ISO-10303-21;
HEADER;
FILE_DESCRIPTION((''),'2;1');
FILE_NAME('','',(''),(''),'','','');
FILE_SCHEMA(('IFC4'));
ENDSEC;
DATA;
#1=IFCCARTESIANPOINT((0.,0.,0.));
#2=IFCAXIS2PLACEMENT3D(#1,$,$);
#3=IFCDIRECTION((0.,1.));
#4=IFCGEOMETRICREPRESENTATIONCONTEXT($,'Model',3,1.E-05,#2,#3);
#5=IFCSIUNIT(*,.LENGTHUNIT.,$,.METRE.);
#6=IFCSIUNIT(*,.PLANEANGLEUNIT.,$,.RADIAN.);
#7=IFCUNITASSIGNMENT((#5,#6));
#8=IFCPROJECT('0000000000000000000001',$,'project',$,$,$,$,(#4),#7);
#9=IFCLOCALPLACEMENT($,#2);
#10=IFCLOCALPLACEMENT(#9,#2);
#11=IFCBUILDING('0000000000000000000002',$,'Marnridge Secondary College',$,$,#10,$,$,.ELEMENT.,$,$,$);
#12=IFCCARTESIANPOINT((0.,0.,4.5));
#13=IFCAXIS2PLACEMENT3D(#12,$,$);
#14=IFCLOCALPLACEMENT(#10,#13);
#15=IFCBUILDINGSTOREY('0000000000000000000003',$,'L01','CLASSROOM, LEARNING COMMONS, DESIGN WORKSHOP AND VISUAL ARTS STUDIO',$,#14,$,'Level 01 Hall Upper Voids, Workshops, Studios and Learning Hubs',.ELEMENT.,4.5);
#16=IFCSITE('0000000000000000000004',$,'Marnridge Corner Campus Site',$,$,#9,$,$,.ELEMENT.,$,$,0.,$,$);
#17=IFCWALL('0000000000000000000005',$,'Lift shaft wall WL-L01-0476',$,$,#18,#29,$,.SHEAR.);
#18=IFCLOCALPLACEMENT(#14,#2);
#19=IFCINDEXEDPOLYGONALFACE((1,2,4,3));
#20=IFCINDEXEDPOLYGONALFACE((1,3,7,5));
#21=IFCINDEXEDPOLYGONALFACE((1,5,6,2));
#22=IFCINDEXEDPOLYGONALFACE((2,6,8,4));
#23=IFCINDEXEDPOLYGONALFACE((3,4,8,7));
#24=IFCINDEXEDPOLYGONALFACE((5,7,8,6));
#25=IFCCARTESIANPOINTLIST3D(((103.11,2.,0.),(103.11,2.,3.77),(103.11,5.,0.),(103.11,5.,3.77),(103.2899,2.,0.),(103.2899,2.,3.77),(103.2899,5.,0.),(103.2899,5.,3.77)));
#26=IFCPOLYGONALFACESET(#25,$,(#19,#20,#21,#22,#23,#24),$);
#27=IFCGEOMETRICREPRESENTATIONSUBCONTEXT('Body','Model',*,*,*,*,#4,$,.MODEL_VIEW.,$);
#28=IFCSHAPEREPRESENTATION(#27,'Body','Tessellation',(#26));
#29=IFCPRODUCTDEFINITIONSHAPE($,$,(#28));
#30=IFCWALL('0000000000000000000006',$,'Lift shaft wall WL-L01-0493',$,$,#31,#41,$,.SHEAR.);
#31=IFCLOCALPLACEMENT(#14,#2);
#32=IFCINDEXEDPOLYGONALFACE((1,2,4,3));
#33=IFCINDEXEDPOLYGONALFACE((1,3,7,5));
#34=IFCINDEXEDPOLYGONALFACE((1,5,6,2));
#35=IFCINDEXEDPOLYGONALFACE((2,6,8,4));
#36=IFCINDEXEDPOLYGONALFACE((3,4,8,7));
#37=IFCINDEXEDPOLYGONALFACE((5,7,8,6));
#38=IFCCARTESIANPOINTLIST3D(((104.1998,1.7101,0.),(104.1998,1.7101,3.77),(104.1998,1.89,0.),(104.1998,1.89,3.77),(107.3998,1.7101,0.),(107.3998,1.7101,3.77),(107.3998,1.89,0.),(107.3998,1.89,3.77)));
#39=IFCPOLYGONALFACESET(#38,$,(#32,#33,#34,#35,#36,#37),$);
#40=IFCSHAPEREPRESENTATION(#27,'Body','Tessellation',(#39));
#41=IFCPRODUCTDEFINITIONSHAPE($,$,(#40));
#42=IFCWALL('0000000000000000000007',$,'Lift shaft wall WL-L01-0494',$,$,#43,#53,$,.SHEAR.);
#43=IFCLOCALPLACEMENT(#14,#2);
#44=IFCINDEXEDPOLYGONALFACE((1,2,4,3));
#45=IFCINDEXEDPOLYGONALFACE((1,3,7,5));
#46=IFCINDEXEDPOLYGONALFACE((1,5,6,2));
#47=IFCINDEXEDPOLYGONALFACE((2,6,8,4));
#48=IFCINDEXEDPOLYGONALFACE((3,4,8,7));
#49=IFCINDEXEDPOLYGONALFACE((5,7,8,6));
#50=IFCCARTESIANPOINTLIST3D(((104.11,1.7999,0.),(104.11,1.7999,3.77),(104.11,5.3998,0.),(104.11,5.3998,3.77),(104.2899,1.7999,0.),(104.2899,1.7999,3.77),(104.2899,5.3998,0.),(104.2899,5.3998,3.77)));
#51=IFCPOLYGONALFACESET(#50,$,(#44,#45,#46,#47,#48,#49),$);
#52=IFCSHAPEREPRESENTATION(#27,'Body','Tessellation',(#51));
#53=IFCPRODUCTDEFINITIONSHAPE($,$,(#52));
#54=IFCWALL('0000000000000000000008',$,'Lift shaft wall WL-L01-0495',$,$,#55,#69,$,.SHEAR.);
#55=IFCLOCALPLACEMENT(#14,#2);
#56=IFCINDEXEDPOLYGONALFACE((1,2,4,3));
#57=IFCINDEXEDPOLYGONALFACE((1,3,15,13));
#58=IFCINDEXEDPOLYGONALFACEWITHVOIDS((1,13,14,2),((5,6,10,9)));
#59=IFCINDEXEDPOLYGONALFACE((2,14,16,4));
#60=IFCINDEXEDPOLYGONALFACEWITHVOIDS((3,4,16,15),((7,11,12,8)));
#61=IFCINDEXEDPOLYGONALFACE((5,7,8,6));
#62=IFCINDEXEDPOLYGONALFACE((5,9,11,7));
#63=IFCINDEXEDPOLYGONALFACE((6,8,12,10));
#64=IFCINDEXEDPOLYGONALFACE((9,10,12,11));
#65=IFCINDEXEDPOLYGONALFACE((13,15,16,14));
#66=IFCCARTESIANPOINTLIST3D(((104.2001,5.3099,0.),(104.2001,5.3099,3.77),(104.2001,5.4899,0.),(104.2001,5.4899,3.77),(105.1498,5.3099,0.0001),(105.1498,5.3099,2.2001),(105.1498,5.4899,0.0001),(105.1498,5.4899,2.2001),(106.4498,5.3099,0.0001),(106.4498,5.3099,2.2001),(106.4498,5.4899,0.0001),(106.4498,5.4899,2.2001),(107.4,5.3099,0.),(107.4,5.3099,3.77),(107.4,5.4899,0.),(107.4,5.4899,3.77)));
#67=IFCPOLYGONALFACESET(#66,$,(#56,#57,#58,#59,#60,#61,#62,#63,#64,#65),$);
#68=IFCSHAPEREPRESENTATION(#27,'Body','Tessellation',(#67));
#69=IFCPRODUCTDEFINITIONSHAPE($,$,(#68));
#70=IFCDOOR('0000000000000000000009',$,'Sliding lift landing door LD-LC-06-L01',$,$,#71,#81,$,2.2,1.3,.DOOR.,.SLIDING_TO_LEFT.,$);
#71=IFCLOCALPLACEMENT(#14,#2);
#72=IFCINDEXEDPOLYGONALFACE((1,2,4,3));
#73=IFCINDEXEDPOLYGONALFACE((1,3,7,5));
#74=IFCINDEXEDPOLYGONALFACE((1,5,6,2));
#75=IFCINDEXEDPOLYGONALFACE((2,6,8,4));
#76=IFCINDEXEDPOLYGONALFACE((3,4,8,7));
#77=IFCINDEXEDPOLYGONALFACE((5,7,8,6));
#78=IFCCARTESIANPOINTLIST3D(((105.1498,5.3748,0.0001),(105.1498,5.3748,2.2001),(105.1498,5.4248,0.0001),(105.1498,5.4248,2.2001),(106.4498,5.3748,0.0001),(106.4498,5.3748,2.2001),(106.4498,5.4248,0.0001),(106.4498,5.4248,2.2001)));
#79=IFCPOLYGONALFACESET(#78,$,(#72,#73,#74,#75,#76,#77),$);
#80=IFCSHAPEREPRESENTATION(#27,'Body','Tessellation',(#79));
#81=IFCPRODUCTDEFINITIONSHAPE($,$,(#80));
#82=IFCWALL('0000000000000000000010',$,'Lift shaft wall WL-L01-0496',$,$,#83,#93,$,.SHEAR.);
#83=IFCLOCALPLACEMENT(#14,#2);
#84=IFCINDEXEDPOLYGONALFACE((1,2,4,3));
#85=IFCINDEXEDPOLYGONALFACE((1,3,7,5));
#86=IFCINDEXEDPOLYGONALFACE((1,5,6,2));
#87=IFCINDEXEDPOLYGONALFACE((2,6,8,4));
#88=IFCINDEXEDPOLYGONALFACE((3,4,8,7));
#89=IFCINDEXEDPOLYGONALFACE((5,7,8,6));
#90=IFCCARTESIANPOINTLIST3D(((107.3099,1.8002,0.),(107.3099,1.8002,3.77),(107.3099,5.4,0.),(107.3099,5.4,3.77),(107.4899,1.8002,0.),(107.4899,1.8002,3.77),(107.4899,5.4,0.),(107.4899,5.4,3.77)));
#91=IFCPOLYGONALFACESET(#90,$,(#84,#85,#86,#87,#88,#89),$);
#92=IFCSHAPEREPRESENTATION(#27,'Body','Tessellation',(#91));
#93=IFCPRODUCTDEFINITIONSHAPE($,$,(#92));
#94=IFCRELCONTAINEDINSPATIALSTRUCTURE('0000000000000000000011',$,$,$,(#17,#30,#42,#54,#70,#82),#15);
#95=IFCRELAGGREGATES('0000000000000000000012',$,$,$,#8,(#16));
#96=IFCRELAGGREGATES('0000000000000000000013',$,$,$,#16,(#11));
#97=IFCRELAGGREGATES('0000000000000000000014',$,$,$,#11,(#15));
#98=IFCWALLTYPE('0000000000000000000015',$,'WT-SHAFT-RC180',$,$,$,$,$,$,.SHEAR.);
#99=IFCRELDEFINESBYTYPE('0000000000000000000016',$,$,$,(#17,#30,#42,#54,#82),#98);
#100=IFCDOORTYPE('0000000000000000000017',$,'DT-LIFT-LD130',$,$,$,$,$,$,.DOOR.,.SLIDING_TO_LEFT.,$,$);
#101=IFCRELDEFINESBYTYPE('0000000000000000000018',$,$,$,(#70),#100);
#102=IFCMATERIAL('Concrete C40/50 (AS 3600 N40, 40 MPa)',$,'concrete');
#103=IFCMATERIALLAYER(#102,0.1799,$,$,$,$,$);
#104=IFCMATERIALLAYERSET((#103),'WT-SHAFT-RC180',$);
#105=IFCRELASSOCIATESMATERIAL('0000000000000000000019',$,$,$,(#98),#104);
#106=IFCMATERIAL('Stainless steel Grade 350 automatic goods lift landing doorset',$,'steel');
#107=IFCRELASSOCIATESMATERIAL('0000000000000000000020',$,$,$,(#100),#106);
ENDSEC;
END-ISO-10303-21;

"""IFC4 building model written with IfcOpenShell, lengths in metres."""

from ifc_helpers import new_model, si_unit, direction, frame, frame_2d, origin, place, context, subcontext, project, spatial, rectangle, extrude, material, layer, layer_set, type_object, element, fill, save


model = new_model("IFC4")

# Units and contexts
model_context = context("Model", 3, precision=1e-05, world=origin(), true_north=direction((0.0, 1.0)))
body_context = subcontext(model_context, "Body", "Model", "MODEL_VIEW")
ifc_project = project(units=[si_unit("LENGTHUNIT", "METRE"), si_unit("PLANEANGLEUNIT", "RADIAN")], contexts=[model_context])

# Site, building, storey
site_placement = place(None, origin())
site = spatial("IfcSite", under=ifc_project, at=site_placement, Name="Marnridge Corner Campus Site", CompositionType="ELEMENT", RefElevation=0.0)
building_placement = place(site_placement, origin())
building = spatial("IfcBuilding", under=site, at=building_placement, Name="Marnridge Secondary College", CompositionType="ELEMENT")
storey_placement = place(building_placement, frame((0.0, 0.0, 4.5)))
storey = spatial("IfcBuildingStorey", under=building, at=storey_placement, Name="L01", Description="CLASSROOM, LEARNING COMMONS, DESIGN WORKSHOP AND VISUAL ARTS STUDIO", LongName="Level 01 Hall Upper Voids, Workshops, Studios and Learning Hubs", CompositionType="ELEMENT", Elevation=4.5)

# Shared definitions
ifc_material_1 = material(Name="Concrete C40/50 (AS 3600 N40, 40 MPa)", Category="concrete")
ifc_layer_1 = layer(ifc_material_1, 0.1799)
ifc_layer_set_1 = layer_set([ifc_layer_1], Name="WT-SHAFT-RC180")
wall_type_1 = type_object("IfcWallType", Name="WT-SHAFT-RC180", PredefinedType="SHEAR", material=ifc_layer_set_1)

# Walls
wall_1_placement = place(storey_placement, frame((103.2, 5.0, 0.0), z_axis=(0.0, 0.0, 1.0), x_axis=(0.0, -1.0, 0.0)))
element("IfcWall", 1, at=wall_1_placement, inside=storey, type_object=wall_type_1, Name="Lift shaft wall WL-L01-0476", PredefinedType="SHEAR", context=body_context, shape_type="SweptSolid", body=[
    extrude(rectangle(XDim=3.0, YDim=0.1799, at=frame_2d((1.5, 0.0))), origin(), (0.0, 0.0, 1.0), 3.77),
])
wall_2_placement = place(storey_placement, frame((107.3999, 1.8, 0.0), z_axis=(0.0, 0.0, 1.0), x_axis=(-1.0, 0.0, 0.0)))
element("IfcWall", 2, at=wall_2_placement, inside=storey, type_object=wall_type_1, Name="Lift shaft wall WL-L01-0493", PredefinedType="SHEAR", context=body_context, shape_type="SweptSolid", body=[
    extrude(rectangle(XDim=3.2, YDim=0.1799, at=frame_2d((1.6001, 0.0))), origin(), (0.0, 0.0, 1.0), 3.77),
])
wall_3_placement = place(storey_placement, frame((104.2, 1.8, 0.0), z_axis=(0.0, 0.0, 1.0), x_axis=(0.0, 1.0, 0.0)))
element("IfcWall", 3, at=wall_3_placement, inside=storey, type_object=wall_type_1, Name="Lift shaft wall WL-L01-0494", PredefinedType="SHEAR", context=body_context, shape_type="SweptSolid", body=[
    extrude(rectangle(XDim=3.5999, YDim=0.1799, at=frame_2d((1.7998, 0.0))), origin(), (0.0, 0.0, 1.0), 3.77),
])

# Wall, opening, door
wall_4_placement = place(storey_placement, frame((104.2, 5.3999, 0.0), z_axis=(0.0, 0.0, 1.0), x_axis=(1.0, 0.0, 0.0)))
wall_4 = element("IfcWall", 4, at=wall_4_placement, inside=storey, type_object=wall_type_1, Name="Lift shaft wall WL-L01-0495", PredefinedType="SHEAR", context=body_context, shape_type="SweptSolid", body=[
    extrude(rectangle(XDim=3.2, YDim=0.1799, at=frame_2d((1.6001, 0.0))), origin(), (0.0, 0.0, 1.0), 3.77),
])
opening_1_placement = place(wall_4_placement, frame((0.95, 0.0, 0.0)))
opening_1 = element("IfcOpeningElement", 5, at=opening_1_placement, cuts=wall_4, PredefinedType="OPENING", context=body_context, shape_type="SweptSolid", body=[
    extrude(rectangle(XDim=1.3, YDim=2.2, at=frame_2d((0.6499, 1.1001))), frame((0.0, 0.0999, 0.0), z_axis=(0.0, -1.0, 0.0), x_axis=(1.0, 0.0, 0.0)), (0.0, 0.0, 1.0), 0.2),
])
ifc_material_2 = material(Name="Stainless steel Grade 350 automatic goods lift landing doorset", Category="steel")
door_type_1 = type_object("IfcDoorType", Name="DT-LIFT-LD130", OperationType="SLIDING_TO_LEFT", PredefinedType="DOOR", material=ifc_material_2)
door_1_placement = place(opening_1_placement, origin())
door_1 = element("IfcDoor", 6, at=door_1_placement, inside=storey, type_object=door_type_1, Name="Sliding lift landing door LD-LC-06-L01", OperationType="SLIDING_TO_LEFT", OverallHeight=2.2, OverallWidth=1.3, PredefinedType="DOOR", context=body_context, shape_type="SweptSolid", body=[
    extrude(rectangle(XDim=1.3, YDim=2.2, at=frame_2d((0.6499, 1.1001))), frame((0.0, 0.0249, 0.0), z_axis=(0.0, -1.0, 0.0), x_axis=(1.0, 0.0, 0.0)), (0.0, 0.0, 1.0), 0.05),
])
fill(opening_1, door_1)

# Wall
wall_5_placement = place(storey_placement, frame((107.3999, 5.3999, 0.0), z_axis=(0.0, 0.0, 1.0), x_axis=(0.0, -1.0, 0.0)))
element("IfcWall", 7, at=wall_5_placement, inside=storey, type_object=wall_type_1, Name="Lift shaft wall WL-L01-0496", PredefinedType="SHEAR", context=body_context, shape_type="SweptSolid", body=[
    extrude(rectangle(XDim=3.5999, YDim=0.1799, at=frame_2d((1.7998, 0.0))), origin(), (0.0, 0.0, 1.0), 3.77),
])

save(model, "model.ifc")
